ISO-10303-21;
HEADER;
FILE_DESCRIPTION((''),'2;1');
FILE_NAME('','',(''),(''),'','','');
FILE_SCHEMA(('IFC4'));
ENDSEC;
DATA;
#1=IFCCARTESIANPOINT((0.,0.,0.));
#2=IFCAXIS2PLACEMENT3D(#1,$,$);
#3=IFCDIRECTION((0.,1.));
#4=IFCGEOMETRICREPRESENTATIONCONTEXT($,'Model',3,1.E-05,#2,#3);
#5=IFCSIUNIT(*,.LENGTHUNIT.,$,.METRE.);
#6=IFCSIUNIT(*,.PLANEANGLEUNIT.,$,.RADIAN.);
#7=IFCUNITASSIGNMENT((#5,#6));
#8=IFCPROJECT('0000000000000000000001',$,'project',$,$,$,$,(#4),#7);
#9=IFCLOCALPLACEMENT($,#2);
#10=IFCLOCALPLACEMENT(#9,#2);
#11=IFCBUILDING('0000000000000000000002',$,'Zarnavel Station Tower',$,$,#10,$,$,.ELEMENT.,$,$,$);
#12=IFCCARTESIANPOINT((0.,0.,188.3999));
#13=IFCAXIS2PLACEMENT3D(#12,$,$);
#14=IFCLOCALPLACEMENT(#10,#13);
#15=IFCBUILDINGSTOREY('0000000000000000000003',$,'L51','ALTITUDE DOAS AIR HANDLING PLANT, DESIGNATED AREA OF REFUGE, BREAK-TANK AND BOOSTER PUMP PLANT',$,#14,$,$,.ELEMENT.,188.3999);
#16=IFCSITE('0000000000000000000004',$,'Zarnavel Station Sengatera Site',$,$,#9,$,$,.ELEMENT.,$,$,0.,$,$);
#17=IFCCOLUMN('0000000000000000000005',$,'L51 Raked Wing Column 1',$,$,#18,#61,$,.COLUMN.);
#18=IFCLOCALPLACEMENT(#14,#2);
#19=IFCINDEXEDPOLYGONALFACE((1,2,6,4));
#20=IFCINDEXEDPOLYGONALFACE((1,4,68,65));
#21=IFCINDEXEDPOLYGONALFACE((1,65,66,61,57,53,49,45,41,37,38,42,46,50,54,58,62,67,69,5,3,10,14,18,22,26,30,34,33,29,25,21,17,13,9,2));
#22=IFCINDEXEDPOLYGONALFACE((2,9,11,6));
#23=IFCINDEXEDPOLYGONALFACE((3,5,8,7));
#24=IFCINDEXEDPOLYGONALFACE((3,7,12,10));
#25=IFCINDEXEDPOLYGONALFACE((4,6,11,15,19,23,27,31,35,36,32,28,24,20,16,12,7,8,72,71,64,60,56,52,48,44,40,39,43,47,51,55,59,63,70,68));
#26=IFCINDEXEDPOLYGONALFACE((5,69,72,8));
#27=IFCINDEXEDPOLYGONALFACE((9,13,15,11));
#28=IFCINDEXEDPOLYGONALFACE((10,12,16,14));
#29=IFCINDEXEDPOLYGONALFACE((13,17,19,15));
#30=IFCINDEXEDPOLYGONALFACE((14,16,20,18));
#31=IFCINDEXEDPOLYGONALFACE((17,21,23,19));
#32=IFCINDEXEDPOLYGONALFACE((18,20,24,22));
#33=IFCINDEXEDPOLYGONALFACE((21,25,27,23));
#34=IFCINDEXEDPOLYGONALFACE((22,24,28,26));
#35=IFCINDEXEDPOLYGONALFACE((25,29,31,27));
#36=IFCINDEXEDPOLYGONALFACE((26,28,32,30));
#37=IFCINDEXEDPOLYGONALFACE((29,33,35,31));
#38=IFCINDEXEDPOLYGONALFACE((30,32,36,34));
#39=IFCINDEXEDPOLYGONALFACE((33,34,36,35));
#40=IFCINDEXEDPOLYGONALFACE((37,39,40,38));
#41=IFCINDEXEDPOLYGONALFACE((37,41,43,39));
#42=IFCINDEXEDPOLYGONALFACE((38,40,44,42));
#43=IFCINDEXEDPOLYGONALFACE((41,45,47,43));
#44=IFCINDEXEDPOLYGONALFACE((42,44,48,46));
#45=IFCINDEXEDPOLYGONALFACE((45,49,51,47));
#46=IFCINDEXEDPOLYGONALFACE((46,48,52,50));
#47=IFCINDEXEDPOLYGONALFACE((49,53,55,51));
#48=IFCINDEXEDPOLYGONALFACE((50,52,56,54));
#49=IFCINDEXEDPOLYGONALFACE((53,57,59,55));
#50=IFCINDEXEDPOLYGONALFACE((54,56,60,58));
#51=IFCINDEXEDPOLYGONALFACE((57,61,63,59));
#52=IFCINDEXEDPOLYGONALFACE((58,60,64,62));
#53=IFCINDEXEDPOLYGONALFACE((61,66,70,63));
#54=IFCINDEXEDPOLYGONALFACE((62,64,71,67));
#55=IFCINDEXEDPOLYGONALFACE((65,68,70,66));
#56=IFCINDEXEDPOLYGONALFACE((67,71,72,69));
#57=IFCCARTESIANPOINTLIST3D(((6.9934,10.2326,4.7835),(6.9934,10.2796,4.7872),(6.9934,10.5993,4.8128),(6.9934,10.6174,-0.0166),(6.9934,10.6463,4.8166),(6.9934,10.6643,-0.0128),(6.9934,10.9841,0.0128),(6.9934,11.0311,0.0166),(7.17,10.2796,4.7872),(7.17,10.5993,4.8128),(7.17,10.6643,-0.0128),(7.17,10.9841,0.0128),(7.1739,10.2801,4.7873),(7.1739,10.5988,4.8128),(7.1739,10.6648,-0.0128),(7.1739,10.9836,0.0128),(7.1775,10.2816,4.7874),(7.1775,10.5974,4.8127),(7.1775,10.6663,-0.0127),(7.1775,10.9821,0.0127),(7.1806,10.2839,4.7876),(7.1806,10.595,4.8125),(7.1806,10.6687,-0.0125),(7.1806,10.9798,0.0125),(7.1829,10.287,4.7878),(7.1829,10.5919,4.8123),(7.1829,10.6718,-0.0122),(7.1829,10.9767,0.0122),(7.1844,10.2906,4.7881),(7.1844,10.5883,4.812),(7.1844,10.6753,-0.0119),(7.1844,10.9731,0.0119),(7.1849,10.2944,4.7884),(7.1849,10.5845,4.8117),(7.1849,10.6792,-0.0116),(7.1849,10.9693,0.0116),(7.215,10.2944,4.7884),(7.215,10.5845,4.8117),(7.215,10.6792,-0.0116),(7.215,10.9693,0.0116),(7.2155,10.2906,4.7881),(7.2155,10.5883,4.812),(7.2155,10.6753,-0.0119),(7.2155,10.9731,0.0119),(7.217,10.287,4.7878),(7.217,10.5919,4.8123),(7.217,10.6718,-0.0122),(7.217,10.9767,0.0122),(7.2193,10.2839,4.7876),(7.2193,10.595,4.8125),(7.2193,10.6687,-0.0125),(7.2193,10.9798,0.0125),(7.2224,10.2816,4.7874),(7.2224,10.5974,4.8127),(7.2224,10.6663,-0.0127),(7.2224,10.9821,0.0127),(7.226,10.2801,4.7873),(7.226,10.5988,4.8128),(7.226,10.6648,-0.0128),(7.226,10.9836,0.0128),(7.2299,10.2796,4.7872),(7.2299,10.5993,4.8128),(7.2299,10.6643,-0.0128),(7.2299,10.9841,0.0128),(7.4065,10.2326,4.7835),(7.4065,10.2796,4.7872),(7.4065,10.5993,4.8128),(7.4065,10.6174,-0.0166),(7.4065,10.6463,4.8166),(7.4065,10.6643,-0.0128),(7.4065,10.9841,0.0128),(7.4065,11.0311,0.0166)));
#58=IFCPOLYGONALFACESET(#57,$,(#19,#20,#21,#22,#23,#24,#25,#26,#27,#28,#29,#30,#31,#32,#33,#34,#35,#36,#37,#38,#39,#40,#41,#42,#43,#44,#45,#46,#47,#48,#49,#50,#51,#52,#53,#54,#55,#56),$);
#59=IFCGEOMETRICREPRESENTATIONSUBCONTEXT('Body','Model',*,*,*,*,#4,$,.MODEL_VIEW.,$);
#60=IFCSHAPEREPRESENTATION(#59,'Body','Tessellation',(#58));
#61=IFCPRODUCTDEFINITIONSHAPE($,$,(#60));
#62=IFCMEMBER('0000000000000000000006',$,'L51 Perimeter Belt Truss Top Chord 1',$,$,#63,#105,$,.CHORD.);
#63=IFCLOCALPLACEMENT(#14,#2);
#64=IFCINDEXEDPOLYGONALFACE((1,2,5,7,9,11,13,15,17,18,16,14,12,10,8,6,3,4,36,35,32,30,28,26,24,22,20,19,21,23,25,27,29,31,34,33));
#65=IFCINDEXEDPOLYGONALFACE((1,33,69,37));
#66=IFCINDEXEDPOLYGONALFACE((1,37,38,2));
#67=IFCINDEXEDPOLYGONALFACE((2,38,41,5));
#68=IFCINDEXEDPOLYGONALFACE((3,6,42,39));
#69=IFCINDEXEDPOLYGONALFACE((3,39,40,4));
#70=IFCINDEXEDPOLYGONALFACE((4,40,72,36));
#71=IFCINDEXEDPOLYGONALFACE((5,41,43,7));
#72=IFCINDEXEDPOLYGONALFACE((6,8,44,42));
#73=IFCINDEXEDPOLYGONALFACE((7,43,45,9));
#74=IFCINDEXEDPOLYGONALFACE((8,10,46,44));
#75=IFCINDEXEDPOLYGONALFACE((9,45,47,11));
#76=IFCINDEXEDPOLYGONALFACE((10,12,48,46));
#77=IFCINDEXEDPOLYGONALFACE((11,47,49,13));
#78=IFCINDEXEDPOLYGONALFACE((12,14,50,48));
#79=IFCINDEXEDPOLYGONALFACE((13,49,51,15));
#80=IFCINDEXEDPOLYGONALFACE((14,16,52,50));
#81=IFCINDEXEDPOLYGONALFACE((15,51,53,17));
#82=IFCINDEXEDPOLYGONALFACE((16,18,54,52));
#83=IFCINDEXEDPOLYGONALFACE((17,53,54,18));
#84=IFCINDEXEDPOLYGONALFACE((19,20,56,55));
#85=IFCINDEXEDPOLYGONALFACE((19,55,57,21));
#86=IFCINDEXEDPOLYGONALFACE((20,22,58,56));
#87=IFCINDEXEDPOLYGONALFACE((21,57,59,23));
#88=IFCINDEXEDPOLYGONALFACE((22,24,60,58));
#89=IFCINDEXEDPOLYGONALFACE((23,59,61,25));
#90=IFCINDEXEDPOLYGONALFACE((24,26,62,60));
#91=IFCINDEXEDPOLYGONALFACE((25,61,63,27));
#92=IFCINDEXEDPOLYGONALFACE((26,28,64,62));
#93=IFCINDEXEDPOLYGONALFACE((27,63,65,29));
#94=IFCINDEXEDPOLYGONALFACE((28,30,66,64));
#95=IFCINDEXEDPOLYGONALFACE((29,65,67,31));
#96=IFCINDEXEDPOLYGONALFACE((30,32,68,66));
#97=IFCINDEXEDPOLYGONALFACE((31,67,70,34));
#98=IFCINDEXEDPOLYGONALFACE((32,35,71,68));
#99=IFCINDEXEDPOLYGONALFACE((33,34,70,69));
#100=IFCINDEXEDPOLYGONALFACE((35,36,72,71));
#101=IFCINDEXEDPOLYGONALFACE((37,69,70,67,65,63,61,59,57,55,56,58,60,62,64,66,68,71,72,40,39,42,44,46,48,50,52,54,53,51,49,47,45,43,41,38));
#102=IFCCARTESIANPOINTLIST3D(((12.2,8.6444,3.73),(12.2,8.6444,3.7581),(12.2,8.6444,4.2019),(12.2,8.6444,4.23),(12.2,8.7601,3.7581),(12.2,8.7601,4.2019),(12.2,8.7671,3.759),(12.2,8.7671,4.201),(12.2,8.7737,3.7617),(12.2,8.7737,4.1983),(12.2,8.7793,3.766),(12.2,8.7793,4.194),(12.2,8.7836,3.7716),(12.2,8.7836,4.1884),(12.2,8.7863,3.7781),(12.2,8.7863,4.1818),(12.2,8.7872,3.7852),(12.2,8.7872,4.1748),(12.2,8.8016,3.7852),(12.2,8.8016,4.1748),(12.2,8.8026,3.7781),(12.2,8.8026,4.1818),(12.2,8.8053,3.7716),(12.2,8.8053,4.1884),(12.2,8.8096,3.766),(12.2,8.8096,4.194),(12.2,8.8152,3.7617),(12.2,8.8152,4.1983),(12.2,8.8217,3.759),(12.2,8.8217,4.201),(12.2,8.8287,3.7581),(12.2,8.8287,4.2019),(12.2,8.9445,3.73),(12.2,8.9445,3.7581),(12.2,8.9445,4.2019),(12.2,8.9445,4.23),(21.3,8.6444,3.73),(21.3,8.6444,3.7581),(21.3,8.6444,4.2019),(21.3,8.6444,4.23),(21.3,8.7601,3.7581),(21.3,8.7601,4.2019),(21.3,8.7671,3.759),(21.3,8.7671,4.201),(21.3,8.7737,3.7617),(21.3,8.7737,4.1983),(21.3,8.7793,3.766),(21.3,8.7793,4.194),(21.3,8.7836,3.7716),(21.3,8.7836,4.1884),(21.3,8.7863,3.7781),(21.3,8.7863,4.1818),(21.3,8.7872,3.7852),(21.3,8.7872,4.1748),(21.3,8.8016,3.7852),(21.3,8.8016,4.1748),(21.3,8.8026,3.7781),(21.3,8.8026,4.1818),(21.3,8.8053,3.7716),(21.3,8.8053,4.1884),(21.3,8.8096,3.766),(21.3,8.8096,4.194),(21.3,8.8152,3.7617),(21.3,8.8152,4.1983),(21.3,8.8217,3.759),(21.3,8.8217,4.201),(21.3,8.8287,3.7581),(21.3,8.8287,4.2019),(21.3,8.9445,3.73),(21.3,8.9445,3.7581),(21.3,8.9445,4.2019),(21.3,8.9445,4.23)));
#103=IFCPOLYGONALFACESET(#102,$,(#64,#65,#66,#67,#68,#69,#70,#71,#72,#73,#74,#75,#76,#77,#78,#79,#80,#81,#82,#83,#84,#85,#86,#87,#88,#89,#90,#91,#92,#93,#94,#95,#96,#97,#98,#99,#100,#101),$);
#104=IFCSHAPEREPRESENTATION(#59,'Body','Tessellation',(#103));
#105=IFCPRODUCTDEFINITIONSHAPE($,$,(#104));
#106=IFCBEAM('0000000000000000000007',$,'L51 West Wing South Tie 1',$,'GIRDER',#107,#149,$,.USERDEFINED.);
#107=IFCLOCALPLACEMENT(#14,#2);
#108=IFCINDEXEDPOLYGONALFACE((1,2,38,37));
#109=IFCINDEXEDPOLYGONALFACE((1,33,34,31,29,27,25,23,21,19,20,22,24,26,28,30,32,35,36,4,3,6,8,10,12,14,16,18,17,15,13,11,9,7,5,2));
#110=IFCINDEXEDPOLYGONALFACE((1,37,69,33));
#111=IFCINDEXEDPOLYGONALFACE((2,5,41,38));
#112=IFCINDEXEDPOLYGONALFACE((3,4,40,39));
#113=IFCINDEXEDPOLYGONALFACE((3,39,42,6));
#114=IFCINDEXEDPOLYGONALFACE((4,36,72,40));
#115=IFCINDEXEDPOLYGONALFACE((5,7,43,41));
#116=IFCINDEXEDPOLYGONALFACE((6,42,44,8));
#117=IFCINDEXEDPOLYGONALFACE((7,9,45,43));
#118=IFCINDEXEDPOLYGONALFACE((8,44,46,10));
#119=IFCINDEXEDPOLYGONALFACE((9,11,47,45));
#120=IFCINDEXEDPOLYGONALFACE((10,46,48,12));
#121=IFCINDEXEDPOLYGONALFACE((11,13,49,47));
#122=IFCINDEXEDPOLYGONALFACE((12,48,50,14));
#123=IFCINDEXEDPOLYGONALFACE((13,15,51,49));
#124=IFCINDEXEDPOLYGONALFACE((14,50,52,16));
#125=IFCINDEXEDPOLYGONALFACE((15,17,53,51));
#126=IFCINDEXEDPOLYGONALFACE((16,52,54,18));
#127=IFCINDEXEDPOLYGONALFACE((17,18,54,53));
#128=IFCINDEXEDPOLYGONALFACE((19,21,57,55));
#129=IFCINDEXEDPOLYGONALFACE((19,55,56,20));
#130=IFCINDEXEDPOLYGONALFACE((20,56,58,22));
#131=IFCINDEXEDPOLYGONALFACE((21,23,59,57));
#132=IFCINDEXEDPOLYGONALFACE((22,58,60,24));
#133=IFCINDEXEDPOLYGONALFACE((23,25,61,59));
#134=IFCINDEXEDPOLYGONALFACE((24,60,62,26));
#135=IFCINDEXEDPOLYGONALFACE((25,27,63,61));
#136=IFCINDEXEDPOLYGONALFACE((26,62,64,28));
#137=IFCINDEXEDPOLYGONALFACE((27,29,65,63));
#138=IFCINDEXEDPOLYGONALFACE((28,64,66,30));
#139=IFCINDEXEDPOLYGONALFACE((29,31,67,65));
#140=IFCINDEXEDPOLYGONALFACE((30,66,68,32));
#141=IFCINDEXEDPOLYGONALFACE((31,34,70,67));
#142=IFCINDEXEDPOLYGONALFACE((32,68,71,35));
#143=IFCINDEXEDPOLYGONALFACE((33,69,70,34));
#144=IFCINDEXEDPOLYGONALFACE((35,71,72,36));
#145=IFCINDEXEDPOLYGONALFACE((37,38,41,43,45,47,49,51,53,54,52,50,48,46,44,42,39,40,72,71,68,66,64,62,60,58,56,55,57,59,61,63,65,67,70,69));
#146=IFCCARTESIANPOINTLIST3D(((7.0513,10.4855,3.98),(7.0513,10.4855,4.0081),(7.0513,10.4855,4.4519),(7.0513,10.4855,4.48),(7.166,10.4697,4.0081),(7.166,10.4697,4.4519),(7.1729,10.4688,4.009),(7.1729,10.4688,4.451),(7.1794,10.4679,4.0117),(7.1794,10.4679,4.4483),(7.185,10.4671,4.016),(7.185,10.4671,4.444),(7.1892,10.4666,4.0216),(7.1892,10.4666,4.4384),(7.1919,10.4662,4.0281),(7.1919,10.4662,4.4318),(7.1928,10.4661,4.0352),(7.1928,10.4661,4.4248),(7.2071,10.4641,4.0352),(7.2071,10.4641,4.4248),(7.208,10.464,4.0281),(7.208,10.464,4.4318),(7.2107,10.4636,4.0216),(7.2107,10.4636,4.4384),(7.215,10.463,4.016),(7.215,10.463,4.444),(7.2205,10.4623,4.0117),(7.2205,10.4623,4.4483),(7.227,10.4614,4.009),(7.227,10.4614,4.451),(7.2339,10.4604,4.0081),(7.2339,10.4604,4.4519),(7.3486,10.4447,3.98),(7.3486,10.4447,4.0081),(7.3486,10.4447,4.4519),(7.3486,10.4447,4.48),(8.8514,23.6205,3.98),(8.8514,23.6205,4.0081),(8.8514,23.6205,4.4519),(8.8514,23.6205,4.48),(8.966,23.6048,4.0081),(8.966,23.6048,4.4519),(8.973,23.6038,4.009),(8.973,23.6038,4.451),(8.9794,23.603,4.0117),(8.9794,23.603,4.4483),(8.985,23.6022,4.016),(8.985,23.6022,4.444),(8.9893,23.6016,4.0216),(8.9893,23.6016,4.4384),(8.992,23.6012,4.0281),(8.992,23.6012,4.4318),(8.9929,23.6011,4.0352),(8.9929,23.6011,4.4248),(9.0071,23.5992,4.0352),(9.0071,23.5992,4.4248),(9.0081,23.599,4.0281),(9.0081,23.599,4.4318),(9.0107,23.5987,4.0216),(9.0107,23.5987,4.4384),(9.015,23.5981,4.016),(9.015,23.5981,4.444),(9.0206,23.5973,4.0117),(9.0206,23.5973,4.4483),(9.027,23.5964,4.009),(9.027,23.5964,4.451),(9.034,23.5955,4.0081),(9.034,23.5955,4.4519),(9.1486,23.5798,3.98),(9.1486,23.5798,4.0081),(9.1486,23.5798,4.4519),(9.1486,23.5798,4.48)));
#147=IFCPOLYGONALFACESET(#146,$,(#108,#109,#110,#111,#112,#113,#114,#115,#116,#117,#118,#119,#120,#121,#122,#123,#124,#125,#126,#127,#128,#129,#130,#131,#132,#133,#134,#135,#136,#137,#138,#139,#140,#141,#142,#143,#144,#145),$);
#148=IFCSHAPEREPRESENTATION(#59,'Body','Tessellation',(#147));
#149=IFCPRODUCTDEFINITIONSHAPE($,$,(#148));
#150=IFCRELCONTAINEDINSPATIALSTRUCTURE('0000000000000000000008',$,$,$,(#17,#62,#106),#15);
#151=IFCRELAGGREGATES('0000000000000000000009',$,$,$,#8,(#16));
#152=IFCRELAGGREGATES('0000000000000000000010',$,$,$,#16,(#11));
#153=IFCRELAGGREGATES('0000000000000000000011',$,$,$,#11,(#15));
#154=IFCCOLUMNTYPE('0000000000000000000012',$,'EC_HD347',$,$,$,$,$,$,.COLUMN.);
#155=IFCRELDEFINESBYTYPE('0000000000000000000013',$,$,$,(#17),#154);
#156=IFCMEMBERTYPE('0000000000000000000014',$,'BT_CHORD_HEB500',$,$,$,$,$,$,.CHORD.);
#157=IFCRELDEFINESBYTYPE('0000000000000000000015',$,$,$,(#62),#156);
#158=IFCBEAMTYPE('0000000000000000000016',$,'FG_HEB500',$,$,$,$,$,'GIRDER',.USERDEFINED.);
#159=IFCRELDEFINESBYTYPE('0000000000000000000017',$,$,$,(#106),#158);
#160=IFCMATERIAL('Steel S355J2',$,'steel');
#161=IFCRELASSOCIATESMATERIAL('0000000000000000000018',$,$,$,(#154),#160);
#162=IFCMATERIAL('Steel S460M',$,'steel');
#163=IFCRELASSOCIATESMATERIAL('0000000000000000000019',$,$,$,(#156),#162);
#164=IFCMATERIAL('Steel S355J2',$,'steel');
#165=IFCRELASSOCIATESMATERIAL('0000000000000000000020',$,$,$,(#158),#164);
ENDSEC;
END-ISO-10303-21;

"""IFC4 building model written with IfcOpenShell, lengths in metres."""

from ifc_helpers import new_model, si_unit, direction, frame, origin, origin_2d, place, context, subcontext, project, spatial, i_section, extrude, material, material_profile, profile_set, type_object, element, save


model = new_model("IFC4")

# Units and contexts
model_context = context("Model", 3, precision=1e-05, world=origin(), true_north=direction((0.0, 1.0)))
body_context = subcontext(model_context, "Body", "Model", "MODEL_VIEW")
ifc_project = project(units=[si_unit("LENGTHUNIT", "METRE"), si_unit("PLANEANGLEUNIT", "RADIAN")], contexts=[model_context])

# Site, building, storey
site_placement = place(None, origin())
site = spatial("IfcSite", under=ifc_project, at=site_placement, Name="Zarnavel Station Sengatera Site", CompositionType="ELEMENT", RefElevation=0.0)
building_placement = place(site_placement, origin())
building = spatial("IfcBuilding", under=site, at=building_placement, Name="Zarnavel Station Tower", CompositionType="ELEMENT")
storey_placement = place(building_placement, frame((0.0, 0.0, 188.3999)))
storey = spatial("IfcBuildingStorey", under=building, at=storey_placement, Name="L51", Description="ALTITUDE DOAS AIR HANDLING PLANT, DESIGNATED AREA OF REFUGE, BREAK-TANK AND BOOSTER PUMP PLANT", CompositionType="ELEMENT", Elevation=188.3999)

# Column
ifc_material_1 = material(Name="Steel S355J2", Category="steel")
ifc_material_profile_1 = material_profile(ifc_material_1, i_section(OverallWidth=0.4131, OverallDepth=0.415, WebThickness=0.03, FlangeThickness=0.0471, FilletRadius=0.0149, at=origin_2d()), Name="HD400x347")
ifc_profile_set_1 = profile_set([ifc_material_profile_1], Name="Steel S355J2")
column_type = type_object("IfcColumnType", Name="EC_HD347", PredefinedType="COLUMN", material=ifc_profile_set_1)
column_placement = place(storey_placement, frame((7.2, 10.8242, 0.0), z_axis=(0.0, -0.079902, 0.996803), x_axis=(1.0, 0.0, 0.0)))
element("IfcColumn", 1, at=column_placement, inside=storey, type_object=column_type, Name="L51 Raked Wing Column 1", PredefinedType="COLUMN", context=body_context, shape_type="SweptSolid", body=[
    extrude(i_section(OverallWidth=0.4131, OverallDepth=0.415, WebThickness=0.03, FlangeThickness=0.0471, FilletRadius=0.0149, at=origin_2d()), origin(), (0.0, 0.0, 1.0), 4.8154),
])

# Member
ifc_material_2 = material(Name="Steel S460M", Category="steel")
ifc_material_profile_2 = material_profile(ifc_material_2, i_section(OverallWidth=0.3, OverallDepth=0.5, WebThickness=0.0144, FlangeThickness=0.0281, FilletRadius=0.0271, at=origin_2d()), Name="HEB500")
ifc_profile_set_2 = profile_set([ifc_material_profile_2], Name="Steel S460M")
member_type_1 = type_object("IfcMemberType", Name="BT_CHORD_HEB500", PredefinedType="CHORD", material=ifc_profile_set_2)
member_1_placement = place(storey_placement, frame((12.2, 8.7944, 3.98), z_axis=(1.0, 0.0, 0.0), x_axis=(0.0, 1.0, 0.0)))
element("IfcMember", 2, at=member_1_placement, inside=storey, type_object=member_type_1, Name="L51 Perimeter Belt Truss Top Chord 1", PredefinedType="CHORD", context=body_context, shape_type="SweptSolid", body=[
    extrude(i_section(OverallWidth=0.3, OverallDepth=0.5, WebThickness=0.0144, FlangeThickness=0.0281, FilletRadius=0.0271, at=origin_2d()), origin(), (0.0, 0.0, 1.0), 9.1001),
])

# Beam
ifc_material_3 = material(Name="Steel S355J2", Category="steel")
ifc_material_profile_3 = material_profile(ifc_material_3, i_section(OverallWidth=0.3, OverallDepth=0.5, WebThickness=0.0144, FlangeThickness=0.0281, FilletRadius=0.0271, at=origin_2d()), Name="HEB500")
ifc_profile_set_3 = profile_set([ifc_material_profile_3], Name="Steel S355J2")
beam_type_1 = type_object("IfcBeamType", Name="FG_HEB500", ElementType="GIRDER", PredefinedType="USERDEFINED", material=ifc_profile_set_3)
beam_1_placement = place(storey_placement, frame((7.2, 10.4651, 4.23), z_axis=(0.135773, 0.99074, 0.0), x_axis=(-0.99074, 0.135773, 0.0)))
element("IfcBeam", 3, at=beam_1_placement, inside=storey, type_object=beam_type_1, Name="L51 West Wing South Tie 1", ObjectType="GIRDER", PredefinedType="USERDEFINED", context=body_context, shape_type="SweptSolid", body=[
    extrude(i_section(OverallWidth=0.3, OverallDepth=0.5, WebThickness=0.0144, FlangeThickness=0.0281, FilletRadius=0.0271, at=origin_2d()), origin(), (0.0, 0.0, 1.0), 13.2578),
])

save(model, "model.ifc")
